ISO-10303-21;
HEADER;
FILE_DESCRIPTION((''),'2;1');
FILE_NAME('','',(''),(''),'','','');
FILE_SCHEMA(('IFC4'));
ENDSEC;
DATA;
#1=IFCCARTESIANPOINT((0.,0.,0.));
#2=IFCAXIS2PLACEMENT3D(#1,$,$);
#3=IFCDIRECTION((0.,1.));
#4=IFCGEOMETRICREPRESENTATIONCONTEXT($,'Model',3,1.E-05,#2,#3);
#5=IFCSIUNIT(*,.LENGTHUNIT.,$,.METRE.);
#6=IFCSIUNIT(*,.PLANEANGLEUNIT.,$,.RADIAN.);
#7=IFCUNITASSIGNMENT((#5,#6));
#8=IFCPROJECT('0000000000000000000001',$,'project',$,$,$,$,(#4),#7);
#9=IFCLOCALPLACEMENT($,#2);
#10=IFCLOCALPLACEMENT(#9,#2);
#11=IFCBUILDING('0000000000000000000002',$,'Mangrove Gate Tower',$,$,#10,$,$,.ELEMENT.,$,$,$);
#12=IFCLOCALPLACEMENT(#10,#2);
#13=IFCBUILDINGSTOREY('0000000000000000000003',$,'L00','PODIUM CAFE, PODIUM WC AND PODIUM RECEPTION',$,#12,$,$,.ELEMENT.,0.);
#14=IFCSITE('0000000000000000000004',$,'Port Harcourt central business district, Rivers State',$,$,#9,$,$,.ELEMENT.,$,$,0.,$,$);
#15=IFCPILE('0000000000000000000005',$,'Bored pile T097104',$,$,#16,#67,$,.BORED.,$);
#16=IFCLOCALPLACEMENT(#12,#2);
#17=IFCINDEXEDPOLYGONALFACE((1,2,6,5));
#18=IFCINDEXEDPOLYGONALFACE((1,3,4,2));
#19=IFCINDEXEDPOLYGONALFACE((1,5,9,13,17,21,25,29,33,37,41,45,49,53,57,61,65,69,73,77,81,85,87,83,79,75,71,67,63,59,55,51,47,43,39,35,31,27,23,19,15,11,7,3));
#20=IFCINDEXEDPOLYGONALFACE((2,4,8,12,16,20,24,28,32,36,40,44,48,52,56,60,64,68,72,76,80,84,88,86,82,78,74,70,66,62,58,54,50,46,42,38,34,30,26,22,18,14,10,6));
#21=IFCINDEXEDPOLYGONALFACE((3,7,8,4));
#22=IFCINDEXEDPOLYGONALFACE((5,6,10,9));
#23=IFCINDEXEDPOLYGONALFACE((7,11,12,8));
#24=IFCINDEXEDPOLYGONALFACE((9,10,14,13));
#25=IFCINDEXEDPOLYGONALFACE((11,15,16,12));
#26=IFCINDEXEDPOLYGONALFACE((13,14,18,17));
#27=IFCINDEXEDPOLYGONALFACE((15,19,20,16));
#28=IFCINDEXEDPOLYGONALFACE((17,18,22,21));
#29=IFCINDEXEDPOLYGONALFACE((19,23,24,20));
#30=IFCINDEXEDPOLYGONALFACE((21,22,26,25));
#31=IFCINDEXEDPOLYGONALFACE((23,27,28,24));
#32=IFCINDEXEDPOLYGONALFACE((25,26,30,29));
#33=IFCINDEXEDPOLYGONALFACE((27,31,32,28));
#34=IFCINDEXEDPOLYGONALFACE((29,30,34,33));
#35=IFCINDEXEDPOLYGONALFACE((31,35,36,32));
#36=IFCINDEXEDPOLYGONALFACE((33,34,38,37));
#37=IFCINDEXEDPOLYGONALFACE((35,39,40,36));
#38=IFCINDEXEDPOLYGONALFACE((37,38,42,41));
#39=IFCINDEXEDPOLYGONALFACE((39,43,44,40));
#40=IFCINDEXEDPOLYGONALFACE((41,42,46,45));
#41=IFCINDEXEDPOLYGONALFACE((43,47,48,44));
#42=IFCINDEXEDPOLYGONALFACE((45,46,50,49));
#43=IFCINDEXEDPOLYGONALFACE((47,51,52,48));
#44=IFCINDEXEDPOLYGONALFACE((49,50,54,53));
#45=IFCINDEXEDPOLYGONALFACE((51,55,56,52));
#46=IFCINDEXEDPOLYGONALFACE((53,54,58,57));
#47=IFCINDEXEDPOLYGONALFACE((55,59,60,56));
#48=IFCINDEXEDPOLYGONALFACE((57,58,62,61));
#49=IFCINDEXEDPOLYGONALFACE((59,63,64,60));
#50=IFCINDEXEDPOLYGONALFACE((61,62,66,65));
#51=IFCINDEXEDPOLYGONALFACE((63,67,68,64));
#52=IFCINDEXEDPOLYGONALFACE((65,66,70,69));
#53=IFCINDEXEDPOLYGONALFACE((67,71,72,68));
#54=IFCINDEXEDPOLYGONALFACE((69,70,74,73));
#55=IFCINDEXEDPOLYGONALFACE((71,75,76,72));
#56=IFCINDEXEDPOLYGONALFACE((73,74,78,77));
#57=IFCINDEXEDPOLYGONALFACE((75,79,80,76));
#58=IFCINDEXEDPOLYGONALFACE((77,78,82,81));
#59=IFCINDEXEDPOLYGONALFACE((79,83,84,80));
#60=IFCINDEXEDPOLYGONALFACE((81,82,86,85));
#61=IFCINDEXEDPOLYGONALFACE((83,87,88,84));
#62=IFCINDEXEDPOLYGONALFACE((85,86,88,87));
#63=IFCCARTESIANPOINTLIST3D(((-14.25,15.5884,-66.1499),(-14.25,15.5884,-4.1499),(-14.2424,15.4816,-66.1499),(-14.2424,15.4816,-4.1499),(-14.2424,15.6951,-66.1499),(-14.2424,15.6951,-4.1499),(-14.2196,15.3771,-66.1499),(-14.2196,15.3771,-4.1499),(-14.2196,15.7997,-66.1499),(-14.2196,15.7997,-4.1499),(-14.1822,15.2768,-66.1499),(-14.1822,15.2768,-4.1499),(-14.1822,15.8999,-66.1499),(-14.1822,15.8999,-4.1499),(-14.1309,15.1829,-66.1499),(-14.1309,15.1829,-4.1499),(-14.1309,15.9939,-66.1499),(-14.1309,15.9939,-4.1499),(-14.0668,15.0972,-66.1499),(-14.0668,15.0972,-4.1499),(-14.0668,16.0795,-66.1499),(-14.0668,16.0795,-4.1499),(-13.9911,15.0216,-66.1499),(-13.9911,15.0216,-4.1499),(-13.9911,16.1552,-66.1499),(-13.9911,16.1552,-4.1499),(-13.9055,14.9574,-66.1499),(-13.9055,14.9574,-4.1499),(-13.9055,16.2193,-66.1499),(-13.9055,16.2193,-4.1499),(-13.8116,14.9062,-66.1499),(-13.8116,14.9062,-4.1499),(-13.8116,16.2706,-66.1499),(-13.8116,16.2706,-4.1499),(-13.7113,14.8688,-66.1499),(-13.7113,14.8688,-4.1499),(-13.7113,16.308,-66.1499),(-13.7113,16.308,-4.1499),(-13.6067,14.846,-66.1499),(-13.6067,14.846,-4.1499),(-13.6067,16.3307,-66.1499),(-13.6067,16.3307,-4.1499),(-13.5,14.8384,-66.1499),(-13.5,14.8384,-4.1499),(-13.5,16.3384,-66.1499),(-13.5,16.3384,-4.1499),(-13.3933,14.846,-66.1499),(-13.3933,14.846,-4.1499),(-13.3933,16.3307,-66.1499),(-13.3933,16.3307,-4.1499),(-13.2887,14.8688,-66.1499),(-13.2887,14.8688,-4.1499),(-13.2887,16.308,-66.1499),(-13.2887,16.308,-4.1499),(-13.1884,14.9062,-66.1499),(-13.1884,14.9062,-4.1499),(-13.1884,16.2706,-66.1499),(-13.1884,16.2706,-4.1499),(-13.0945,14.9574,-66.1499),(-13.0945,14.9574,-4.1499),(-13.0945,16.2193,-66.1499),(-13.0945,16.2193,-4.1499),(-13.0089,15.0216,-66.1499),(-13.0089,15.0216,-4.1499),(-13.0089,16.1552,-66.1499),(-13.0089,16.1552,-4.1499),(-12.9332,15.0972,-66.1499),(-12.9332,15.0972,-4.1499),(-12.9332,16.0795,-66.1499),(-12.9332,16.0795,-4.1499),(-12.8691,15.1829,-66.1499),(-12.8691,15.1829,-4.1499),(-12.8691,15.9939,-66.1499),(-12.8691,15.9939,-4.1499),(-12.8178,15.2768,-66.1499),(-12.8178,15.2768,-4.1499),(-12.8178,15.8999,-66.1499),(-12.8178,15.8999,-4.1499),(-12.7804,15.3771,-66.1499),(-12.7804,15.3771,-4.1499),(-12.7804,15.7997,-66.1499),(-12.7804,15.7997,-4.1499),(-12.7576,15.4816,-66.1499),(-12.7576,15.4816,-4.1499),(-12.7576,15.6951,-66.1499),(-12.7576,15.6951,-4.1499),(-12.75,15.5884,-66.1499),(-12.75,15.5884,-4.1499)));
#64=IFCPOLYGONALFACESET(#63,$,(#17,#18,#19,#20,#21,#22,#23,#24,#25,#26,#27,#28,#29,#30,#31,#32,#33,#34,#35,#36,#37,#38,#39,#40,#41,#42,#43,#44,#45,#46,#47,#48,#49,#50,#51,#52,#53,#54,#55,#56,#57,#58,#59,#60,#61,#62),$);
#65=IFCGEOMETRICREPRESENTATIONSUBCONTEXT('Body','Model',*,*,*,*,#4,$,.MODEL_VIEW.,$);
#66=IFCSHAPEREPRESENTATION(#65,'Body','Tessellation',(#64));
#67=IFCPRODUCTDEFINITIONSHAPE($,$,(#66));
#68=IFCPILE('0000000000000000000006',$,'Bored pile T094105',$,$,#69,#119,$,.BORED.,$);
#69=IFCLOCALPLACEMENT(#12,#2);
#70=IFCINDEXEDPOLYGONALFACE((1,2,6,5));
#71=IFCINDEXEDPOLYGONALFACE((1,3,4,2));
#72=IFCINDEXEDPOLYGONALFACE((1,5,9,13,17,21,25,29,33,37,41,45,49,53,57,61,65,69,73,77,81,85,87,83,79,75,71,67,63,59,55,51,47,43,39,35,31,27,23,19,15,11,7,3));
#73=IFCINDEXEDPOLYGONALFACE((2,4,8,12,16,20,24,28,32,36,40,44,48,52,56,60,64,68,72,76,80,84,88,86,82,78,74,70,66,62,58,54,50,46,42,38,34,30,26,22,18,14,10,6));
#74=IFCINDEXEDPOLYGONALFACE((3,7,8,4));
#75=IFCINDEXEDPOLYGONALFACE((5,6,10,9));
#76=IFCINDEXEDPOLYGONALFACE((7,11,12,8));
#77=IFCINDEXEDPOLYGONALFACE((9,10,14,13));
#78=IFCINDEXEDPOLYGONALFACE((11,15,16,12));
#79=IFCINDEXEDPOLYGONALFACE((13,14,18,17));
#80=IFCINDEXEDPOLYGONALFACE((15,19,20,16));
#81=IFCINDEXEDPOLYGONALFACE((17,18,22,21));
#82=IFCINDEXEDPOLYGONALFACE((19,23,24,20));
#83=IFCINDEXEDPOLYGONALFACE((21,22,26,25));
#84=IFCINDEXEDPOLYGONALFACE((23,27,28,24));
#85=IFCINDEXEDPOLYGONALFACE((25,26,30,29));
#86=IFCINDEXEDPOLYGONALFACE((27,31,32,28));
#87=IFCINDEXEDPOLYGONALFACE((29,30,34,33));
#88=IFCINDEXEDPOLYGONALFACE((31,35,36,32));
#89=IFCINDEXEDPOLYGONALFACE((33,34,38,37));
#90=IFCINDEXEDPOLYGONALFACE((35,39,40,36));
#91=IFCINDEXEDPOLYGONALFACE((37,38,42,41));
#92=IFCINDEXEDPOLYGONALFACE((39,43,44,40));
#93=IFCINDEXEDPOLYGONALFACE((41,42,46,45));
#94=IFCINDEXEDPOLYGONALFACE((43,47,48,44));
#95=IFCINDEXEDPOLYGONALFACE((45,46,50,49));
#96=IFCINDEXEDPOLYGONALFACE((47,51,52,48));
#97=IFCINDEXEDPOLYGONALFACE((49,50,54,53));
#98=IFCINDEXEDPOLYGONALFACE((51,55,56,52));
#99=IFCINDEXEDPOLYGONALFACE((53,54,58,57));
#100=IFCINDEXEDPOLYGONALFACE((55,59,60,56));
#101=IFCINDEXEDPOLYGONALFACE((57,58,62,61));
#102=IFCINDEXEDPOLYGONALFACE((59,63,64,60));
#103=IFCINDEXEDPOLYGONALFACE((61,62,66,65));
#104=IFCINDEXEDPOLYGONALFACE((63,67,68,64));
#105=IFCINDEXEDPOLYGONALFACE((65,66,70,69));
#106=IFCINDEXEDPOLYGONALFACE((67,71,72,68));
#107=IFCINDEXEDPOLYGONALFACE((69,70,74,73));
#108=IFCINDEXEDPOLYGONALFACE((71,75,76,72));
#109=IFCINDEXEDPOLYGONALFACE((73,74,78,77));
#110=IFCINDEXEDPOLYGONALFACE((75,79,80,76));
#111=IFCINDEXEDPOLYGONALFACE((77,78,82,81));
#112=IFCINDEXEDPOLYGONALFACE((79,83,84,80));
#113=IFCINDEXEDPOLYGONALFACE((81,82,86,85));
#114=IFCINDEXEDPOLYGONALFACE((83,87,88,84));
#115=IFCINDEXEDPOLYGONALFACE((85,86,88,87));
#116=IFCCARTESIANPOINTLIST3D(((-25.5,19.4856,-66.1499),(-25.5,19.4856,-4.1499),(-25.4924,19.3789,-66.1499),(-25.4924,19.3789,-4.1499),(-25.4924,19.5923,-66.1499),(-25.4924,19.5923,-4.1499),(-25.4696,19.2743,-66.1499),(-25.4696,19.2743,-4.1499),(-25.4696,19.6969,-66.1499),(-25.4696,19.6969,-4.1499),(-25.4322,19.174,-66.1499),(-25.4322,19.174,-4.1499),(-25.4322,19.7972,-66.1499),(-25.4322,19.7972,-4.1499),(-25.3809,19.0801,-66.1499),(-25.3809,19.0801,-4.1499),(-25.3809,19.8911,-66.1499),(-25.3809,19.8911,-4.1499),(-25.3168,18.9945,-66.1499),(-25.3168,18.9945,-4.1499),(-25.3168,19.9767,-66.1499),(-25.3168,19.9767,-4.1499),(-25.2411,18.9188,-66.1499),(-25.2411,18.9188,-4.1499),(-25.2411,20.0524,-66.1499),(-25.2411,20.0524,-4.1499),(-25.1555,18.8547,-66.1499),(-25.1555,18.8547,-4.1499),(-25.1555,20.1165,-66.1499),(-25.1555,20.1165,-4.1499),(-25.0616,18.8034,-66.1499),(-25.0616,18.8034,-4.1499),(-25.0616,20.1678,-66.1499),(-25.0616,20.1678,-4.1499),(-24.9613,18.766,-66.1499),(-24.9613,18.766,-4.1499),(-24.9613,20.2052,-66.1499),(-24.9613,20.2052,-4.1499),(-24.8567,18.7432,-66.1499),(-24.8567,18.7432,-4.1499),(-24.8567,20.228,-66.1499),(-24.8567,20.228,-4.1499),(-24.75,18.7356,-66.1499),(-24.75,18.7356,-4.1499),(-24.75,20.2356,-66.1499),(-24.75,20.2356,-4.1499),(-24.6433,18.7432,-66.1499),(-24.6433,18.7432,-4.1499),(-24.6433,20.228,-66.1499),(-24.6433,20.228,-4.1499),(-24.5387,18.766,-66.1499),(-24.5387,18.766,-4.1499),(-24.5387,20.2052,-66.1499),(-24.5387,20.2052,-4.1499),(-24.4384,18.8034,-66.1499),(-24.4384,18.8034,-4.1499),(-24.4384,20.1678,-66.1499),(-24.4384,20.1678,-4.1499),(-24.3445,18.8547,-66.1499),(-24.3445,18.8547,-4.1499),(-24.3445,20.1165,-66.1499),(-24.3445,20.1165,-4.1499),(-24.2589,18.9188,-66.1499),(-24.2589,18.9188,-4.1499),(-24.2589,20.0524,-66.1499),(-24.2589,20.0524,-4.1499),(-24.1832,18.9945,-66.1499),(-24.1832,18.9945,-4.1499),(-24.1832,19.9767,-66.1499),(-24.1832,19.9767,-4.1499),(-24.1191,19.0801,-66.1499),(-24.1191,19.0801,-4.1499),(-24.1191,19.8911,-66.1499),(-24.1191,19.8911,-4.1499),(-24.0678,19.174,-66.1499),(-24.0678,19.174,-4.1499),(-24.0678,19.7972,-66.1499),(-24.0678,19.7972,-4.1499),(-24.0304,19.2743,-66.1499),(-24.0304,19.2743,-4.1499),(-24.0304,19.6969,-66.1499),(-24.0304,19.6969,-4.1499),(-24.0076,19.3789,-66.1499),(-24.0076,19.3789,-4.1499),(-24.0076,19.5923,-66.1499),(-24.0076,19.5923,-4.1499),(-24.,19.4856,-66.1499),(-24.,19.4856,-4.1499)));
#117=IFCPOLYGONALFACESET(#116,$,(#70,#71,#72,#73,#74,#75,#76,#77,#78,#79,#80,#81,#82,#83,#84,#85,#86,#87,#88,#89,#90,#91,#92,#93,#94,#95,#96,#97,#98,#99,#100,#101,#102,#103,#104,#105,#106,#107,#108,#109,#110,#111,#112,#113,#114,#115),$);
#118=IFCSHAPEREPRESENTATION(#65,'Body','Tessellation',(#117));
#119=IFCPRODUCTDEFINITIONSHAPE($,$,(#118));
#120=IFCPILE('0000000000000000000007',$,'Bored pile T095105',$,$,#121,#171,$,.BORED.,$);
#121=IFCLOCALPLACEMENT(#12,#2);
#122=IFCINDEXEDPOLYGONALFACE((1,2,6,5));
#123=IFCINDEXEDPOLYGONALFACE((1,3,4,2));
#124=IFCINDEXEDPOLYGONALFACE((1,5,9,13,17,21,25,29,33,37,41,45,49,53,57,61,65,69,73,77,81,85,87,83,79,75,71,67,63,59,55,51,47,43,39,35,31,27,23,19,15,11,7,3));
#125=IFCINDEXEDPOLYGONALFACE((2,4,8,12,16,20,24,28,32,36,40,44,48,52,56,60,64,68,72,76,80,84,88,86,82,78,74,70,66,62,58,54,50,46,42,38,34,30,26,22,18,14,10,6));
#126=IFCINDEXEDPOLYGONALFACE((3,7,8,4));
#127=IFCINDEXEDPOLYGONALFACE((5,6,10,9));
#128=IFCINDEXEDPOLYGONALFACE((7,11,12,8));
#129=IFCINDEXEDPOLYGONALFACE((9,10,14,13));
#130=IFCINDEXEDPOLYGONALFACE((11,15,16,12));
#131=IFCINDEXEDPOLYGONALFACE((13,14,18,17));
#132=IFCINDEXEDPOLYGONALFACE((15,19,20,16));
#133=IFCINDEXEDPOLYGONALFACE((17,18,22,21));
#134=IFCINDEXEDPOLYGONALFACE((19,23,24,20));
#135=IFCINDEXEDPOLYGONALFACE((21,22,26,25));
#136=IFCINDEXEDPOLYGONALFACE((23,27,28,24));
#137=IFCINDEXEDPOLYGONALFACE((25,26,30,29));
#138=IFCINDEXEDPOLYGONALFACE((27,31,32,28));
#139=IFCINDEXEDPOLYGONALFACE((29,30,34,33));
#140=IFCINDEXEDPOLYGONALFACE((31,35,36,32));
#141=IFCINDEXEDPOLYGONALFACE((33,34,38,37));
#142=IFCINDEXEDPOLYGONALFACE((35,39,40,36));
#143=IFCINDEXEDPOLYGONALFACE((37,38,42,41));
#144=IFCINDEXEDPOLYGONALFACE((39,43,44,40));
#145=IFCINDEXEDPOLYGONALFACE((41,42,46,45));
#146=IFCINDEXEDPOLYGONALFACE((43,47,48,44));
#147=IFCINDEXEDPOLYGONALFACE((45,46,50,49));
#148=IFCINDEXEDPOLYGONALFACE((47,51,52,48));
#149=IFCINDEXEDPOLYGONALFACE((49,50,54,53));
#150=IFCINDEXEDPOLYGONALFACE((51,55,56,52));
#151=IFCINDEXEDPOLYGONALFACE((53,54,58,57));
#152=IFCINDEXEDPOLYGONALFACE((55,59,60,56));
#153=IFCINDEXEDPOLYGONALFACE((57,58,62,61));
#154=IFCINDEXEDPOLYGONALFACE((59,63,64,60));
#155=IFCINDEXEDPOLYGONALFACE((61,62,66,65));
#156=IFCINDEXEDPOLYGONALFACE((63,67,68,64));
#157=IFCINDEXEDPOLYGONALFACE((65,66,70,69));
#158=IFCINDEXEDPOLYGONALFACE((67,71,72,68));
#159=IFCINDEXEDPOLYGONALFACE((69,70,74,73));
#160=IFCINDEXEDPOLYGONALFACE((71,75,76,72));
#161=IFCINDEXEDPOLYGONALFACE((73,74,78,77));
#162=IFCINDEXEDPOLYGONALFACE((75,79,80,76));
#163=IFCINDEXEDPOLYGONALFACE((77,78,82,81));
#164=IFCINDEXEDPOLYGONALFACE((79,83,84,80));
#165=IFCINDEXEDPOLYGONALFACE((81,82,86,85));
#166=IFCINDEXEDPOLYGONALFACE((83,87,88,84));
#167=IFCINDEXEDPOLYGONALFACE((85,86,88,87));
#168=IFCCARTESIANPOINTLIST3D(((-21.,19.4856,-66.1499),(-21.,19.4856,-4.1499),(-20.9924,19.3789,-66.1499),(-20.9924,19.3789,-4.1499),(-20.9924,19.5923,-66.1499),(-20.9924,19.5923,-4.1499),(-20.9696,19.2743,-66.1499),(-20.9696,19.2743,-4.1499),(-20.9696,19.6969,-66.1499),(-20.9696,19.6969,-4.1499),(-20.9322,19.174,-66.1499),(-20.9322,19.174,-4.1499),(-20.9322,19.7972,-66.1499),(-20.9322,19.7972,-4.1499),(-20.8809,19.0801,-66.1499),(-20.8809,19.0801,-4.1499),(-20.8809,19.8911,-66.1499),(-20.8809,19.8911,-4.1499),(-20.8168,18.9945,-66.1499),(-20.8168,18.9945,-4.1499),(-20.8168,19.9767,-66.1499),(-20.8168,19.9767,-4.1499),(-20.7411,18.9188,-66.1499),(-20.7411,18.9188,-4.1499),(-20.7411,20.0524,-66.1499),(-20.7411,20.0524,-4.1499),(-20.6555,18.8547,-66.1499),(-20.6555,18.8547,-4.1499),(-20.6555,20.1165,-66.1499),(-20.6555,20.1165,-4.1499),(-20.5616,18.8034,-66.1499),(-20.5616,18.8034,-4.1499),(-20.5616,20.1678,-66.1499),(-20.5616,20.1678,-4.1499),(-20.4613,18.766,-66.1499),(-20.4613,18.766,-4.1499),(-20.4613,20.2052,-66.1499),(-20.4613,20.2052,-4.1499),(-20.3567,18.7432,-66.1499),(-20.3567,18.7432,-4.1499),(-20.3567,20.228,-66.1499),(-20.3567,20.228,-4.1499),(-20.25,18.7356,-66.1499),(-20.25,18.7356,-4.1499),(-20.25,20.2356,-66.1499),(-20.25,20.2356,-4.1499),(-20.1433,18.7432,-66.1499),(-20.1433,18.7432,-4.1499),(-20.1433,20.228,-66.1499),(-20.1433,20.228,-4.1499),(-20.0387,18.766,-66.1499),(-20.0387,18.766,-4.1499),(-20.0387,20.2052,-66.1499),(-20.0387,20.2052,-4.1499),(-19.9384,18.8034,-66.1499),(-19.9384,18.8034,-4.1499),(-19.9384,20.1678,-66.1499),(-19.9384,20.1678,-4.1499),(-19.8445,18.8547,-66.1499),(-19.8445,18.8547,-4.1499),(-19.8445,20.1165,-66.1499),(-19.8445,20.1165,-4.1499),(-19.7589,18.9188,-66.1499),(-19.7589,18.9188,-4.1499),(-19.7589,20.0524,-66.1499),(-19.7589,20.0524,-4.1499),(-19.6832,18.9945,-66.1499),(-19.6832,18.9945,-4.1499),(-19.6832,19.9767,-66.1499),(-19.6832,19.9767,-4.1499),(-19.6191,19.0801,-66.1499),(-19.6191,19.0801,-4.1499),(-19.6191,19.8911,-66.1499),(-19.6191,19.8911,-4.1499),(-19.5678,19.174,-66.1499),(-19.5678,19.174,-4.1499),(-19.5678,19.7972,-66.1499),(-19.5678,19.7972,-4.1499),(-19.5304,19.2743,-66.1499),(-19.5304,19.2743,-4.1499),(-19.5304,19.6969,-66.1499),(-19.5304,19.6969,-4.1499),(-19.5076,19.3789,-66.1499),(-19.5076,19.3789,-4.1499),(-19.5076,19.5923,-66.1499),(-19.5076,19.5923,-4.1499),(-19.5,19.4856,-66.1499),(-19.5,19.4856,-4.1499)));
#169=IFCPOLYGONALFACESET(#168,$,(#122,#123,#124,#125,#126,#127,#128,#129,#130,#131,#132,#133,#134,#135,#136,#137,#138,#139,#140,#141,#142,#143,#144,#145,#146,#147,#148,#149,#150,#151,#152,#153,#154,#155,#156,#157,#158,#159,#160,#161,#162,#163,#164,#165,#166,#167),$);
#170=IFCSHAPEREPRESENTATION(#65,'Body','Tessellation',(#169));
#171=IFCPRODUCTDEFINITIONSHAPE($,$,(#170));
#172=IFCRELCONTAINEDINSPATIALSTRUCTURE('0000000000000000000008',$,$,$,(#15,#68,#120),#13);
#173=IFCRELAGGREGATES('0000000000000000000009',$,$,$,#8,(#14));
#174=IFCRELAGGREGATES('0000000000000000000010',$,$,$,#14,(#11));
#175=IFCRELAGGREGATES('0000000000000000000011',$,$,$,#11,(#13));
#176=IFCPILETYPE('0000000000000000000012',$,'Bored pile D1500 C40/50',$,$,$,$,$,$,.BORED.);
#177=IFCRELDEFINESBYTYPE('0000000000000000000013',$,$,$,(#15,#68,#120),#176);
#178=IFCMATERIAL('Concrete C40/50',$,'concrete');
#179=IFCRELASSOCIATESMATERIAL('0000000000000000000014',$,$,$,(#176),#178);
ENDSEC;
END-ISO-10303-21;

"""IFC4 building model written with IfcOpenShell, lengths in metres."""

from ifc_helpers import new_model, si_unit, direction, frame, origin, origin_2d, place, context, subcontext, project, spatial, circle, extrude, material, material_profile, profile_set, type_object, element, save


model = new_model("IFC4")

# Units and contexts
model_context = context("Model", 3, precision=1e-05, world=origin(), true_north=direction((0.0, 1.0)))
body_context = subcontext(model_context, "Body", "Model", "MODEL_VIEW")
ifc_project = project(units=[si_unit("LENGTHUNIT", "METRE"), si_unit("PLANEANGLEUNIT", "RADIAN")], contexts=[model_context])

# Site, building, storey
site_placement = place(None, origin())
site = spatial("IfcSite", under=ifc_project, at=site_placement, Name="Port Harcourt central business district, Rivers State", CompositionType="ELEMENT", RefElevation=0.0)
building_placement = place(site_placement, origin())
building = spatial("IfcBuilding", under=site, at=building_placement, Name="Mangrove Gate Tower", CompositionType="ELEMENT")
storey_placement = place(building_placement, origin())
storey = spatial("IfcBuildingStorey", under=building, at=storey_placement, Name="L00", Description="PODIUM CAFE, PODIUM WC AND PODIUM RECEPTION", CompositionType="ELEMENT", Elevation=0.0)

# Piles
ifc_material_1 = material(Name="Concrete C40/50", Category="concrete")
ifc_material_profile = material_profile(ifc_material_1, circle(Radius=0.75, at=origin_2d()))
ifc_profile_set = profile_set([ifc_material_profile], Name="Concrete C40/50")
pile_type = type_object("IfcPileType", Name="Bored pile D1500 C40/50", PredefinedType="BORED", material=ifc_profile_set)
for number, where, z_axis, x_axis, name in (
    (1, (-13.5, 15.5884, -4.1499), (0.0, 0.0, -1.0), (1.0, 0.0, 0.0), "Bored pile T097104"),
    (2, (-24.75, 19.4856, -4.1499), (0.0, 0.0, -1.0), (1.0, 0.0, 0.0), "Bored pile T094105"),
    (3, (-20.25, 19.4856, -4.1499), (0.0, 0.0, -1.0), (1.0, 0.0, 0.0), "Bored pile T095105"),
):
    element("IfcPile", number, at=place(storey_placement, frame(where, z_axis=z_axis, x_axis=x_axis)), inside=storey, type_object=pile_type, Name=name, PredefinedType="BORED", context=body_context, shape_type="SweptSolid", body=[
        extrude(circle(Radius=0.75, at=origin_2d()), origin(), (0.0, 0.0, 1.0), 62.0),
    ])

save(model, "model.ifc")
